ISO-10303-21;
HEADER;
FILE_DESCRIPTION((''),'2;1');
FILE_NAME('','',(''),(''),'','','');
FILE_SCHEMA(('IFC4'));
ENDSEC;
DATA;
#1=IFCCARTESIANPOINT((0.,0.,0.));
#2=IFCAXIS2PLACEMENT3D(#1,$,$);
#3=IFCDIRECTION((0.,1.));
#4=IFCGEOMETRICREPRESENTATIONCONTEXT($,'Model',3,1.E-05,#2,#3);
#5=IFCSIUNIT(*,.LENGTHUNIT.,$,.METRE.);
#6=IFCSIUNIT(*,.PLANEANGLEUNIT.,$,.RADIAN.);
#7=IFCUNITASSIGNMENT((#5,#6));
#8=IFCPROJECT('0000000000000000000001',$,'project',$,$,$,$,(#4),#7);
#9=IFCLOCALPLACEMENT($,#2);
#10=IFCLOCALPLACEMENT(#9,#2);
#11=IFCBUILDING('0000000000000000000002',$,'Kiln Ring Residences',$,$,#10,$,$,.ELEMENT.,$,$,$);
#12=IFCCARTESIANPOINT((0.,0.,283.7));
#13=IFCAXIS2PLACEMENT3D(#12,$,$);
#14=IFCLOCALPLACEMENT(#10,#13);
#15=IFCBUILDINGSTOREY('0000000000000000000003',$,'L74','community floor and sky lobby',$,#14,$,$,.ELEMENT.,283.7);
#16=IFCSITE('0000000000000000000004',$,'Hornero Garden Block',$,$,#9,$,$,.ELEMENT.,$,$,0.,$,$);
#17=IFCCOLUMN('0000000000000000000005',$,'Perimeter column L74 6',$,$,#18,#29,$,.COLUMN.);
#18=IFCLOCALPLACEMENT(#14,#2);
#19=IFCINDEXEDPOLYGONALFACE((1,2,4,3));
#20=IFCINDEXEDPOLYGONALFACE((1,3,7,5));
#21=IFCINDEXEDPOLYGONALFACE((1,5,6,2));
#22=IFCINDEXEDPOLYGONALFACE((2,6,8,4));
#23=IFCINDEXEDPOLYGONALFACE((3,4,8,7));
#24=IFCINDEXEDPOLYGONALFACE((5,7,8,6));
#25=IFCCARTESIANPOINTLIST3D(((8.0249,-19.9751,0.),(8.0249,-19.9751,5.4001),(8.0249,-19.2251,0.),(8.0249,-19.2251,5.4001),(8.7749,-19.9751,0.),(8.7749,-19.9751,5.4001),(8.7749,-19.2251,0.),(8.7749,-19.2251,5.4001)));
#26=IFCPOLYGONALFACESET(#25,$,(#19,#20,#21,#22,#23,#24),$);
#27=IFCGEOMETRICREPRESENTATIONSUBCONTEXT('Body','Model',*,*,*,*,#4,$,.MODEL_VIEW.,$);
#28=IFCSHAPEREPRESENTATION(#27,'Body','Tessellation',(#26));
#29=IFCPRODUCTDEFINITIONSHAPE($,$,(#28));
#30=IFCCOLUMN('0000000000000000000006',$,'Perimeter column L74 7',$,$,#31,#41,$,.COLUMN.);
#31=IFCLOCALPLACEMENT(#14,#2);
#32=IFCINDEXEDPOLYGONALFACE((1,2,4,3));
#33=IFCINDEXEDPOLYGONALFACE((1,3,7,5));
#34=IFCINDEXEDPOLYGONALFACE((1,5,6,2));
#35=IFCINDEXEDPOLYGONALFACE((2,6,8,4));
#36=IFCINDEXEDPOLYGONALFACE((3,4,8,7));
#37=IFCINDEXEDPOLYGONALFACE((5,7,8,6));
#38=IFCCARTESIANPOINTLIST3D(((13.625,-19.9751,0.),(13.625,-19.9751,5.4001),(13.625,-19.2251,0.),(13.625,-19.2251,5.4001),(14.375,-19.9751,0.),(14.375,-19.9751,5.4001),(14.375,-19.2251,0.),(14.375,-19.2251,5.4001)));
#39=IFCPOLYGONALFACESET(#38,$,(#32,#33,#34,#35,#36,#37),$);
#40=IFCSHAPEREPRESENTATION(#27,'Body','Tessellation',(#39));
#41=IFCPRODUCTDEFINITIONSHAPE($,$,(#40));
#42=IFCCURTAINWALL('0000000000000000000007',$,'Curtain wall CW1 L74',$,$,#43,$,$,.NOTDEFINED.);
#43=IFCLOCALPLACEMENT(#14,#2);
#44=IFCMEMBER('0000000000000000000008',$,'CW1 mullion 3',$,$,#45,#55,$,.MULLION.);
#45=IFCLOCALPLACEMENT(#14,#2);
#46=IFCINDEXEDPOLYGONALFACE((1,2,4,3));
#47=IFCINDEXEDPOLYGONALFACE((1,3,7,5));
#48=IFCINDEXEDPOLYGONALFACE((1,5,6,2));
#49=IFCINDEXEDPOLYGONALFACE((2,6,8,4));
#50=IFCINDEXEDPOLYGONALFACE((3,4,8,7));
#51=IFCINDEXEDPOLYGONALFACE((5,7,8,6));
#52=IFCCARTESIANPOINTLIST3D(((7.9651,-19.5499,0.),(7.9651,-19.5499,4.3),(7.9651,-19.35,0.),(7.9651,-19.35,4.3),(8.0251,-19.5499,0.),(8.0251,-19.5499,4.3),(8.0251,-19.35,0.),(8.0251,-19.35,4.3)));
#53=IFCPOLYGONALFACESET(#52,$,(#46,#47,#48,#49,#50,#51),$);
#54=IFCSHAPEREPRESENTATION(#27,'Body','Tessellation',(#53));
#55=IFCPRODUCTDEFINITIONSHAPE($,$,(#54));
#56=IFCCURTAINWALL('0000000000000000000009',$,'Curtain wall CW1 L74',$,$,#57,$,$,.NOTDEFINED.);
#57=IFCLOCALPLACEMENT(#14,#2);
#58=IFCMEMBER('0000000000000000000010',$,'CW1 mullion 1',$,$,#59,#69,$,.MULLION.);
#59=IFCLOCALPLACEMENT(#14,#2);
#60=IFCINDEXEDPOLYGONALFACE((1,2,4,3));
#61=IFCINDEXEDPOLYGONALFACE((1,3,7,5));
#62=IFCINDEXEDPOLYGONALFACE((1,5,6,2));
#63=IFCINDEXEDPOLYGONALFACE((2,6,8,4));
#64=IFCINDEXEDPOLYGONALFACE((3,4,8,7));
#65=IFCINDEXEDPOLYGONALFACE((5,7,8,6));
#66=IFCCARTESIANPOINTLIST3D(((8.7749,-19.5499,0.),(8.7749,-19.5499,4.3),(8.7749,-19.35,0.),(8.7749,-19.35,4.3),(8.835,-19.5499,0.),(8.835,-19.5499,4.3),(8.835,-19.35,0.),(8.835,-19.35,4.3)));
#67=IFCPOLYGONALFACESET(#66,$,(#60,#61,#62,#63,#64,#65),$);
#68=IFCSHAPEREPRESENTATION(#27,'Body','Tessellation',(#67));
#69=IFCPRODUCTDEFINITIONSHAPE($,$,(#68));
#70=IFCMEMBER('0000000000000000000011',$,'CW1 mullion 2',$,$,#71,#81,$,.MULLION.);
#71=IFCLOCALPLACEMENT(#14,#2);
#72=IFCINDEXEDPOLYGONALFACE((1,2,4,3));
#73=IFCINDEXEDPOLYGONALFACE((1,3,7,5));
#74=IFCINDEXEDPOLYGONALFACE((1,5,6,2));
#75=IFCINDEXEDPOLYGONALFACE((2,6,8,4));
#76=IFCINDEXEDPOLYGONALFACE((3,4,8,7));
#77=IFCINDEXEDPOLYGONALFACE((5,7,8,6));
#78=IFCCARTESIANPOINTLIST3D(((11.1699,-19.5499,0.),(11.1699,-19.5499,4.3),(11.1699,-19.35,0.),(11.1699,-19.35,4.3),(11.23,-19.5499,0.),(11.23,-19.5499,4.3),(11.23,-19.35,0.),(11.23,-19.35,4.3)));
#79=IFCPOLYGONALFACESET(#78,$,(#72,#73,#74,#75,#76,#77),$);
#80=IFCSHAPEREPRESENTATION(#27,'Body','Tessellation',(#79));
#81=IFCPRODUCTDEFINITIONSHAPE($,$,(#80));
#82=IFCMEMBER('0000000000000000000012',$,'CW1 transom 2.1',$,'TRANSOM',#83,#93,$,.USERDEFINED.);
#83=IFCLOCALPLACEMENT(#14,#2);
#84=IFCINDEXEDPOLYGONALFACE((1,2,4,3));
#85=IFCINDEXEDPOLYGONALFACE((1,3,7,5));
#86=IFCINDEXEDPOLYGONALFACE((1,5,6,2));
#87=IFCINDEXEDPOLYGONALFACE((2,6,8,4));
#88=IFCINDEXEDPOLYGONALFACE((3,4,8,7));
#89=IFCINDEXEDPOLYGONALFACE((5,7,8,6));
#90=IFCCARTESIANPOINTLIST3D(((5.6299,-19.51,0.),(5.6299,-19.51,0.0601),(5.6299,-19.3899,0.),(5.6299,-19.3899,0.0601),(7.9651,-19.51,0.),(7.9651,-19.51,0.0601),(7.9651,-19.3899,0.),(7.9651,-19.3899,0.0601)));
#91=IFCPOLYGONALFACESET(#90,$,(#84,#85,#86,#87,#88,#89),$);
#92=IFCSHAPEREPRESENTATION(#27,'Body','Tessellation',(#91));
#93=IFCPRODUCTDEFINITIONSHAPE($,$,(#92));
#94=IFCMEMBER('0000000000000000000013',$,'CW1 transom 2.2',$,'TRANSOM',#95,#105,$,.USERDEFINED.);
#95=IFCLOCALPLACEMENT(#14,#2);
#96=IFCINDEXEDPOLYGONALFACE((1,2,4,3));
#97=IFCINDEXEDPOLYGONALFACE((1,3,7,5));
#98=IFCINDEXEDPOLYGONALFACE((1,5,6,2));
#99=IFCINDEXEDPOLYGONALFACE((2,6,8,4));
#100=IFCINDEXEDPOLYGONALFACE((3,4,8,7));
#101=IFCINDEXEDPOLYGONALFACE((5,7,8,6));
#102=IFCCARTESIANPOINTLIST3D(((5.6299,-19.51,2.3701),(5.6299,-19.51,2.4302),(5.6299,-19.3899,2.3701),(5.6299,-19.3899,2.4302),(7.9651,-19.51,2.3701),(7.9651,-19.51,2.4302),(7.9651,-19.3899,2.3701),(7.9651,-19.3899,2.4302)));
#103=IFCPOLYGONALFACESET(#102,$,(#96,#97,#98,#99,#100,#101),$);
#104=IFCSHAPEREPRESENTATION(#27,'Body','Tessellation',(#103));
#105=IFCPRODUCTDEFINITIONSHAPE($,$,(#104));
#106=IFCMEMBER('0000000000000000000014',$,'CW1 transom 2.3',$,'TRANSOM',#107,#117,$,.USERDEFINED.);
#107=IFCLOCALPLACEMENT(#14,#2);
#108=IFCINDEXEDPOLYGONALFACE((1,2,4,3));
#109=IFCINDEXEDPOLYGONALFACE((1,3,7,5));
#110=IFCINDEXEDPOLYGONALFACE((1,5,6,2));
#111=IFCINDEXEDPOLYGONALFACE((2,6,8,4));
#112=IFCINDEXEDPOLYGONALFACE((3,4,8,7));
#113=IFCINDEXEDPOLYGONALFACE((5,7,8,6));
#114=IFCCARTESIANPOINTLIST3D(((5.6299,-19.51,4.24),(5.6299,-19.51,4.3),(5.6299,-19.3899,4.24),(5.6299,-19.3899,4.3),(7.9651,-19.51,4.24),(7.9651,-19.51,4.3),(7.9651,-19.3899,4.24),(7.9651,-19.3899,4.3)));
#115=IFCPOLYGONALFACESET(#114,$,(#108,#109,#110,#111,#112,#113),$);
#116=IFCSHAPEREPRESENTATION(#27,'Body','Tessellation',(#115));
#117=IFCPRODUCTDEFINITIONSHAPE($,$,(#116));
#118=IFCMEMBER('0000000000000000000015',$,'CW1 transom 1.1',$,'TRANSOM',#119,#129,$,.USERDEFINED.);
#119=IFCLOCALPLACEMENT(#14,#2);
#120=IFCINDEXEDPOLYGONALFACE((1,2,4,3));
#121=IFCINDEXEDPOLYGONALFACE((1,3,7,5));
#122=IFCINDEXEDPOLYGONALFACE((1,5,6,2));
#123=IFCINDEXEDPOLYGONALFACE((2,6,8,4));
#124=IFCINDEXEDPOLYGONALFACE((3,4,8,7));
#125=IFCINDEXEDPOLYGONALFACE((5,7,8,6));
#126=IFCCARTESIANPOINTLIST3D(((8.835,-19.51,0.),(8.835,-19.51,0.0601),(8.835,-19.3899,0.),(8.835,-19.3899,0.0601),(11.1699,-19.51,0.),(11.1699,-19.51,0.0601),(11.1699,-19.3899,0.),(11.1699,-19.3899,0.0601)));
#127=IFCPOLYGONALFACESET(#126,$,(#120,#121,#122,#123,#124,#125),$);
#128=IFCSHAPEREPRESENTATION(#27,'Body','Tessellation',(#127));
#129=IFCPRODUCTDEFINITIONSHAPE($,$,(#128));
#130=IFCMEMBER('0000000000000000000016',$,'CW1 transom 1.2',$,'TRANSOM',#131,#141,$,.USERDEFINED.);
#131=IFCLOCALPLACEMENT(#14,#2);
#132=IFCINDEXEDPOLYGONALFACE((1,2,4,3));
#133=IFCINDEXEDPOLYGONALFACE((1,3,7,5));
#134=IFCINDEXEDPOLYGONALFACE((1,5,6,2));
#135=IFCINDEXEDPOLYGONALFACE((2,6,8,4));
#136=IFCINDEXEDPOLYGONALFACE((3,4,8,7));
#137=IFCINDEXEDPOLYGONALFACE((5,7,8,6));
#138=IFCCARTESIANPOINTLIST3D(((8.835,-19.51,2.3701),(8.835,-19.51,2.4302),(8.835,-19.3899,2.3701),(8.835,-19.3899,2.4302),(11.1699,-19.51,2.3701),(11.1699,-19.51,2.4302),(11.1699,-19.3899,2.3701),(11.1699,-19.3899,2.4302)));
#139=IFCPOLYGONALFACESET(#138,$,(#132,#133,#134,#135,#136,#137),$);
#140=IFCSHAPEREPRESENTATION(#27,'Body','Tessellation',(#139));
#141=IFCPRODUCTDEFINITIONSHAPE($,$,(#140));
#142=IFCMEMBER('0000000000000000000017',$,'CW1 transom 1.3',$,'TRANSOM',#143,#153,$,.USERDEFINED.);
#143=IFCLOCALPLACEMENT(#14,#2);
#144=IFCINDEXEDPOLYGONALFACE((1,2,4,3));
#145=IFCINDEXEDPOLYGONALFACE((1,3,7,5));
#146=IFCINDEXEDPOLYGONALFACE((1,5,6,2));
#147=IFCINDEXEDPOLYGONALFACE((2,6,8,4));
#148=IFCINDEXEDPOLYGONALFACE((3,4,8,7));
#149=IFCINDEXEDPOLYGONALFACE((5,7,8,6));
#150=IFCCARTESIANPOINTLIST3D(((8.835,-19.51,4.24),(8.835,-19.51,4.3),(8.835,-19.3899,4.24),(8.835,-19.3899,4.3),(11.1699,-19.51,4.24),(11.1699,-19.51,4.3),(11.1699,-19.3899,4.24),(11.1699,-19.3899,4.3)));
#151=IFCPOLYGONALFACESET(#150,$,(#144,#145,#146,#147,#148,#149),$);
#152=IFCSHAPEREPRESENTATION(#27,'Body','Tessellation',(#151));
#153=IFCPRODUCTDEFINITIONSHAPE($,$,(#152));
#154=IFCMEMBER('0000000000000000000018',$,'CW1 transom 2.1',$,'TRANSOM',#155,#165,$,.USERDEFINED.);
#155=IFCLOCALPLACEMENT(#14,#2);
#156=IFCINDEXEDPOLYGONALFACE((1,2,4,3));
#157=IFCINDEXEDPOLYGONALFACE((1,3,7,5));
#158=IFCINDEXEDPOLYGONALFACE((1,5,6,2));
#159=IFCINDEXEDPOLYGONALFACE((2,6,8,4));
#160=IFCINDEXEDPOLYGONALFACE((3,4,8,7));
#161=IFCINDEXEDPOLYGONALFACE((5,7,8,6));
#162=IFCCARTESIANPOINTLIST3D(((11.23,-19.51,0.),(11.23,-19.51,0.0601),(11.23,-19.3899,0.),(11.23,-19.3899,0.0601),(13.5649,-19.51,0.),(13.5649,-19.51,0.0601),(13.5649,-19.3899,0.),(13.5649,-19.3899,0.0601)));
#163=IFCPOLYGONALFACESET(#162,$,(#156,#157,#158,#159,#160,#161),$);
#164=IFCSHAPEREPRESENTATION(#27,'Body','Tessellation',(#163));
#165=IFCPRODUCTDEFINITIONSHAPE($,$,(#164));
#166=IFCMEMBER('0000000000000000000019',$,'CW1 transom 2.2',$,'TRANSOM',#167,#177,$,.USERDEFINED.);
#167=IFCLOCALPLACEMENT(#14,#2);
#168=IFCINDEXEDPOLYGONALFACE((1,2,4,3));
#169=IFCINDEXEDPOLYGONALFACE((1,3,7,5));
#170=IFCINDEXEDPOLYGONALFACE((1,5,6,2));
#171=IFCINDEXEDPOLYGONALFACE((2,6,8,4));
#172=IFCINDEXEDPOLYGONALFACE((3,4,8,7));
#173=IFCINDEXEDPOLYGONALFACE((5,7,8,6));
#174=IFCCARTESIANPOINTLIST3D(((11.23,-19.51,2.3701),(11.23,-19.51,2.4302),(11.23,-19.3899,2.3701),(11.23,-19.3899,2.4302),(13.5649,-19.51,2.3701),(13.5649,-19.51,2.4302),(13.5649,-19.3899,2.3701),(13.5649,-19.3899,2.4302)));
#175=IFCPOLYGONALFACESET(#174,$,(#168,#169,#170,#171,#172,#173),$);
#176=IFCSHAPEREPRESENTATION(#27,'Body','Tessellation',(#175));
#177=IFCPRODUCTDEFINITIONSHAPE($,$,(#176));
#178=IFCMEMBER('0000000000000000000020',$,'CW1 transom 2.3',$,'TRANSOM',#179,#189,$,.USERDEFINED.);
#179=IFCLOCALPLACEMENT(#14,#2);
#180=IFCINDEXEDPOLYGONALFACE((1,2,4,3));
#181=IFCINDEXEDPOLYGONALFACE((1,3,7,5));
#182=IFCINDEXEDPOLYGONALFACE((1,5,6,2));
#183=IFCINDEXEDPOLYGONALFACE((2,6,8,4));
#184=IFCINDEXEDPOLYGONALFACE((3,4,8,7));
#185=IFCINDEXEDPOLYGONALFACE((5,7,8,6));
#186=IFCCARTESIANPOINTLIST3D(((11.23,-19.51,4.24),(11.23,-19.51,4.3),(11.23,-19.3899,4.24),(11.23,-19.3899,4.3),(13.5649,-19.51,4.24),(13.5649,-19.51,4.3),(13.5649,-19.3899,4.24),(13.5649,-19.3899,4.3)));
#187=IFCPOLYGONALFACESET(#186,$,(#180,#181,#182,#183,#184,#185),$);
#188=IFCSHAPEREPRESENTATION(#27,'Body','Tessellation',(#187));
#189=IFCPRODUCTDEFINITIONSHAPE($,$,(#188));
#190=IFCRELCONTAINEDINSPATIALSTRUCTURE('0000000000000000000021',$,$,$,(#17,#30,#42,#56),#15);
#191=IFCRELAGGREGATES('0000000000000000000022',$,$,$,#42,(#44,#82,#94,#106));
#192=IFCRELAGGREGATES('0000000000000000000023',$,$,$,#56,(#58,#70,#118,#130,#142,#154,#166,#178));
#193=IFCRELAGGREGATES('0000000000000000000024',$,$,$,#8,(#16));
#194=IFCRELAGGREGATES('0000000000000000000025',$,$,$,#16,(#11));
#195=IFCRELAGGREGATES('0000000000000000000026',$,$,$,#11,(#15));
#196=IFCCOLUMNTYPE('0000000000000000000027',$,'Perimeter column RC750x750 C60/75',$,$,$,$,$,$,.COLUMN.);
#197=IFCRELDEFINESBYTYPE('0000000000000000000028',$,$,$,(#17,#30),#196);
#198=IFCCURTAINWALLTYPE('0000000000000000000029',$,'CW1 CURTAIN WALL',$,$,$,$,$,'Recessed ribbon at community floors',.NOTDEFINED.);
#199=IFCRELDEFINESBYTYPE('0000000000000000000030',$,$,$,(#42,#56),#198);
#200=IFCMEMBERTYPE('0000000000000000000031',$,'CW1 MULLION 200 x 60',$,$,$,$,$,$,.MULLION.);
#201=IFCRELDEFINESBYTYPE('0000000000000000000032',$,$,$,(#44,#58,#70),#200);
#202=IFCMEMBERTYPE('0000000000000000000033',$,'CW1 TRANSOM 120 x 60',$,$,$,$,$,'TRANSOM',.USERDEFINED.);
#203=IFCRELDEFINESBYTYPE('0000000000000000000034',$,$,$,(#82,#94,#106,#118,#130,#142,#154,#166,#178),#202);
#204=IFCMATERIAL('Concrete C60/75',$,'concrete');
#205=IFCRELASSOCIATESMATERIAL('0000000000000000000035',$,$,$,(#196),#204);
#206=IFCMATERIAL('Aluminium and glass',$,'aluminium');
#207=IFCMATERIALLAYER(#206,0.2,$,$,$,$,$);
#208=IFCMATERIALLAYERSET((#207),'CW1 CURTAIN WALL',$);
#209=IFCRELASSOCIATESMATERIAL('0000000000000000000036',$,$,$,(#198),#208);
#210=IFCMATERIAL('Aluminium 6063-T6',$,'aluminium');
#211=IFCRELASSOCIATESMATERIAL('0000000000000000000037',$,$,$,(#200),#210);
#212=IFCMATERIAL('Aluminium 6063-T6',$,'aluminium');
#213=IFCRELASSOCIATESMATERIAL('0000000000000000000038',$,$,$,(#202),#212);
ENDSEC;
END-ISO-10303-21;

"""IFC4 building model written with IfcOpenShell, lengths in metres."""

from ifc_helpers import new_model, si_unit, direction, frame, origin, origin_2d, place, context, subcontext, project, spatial, rectangle, extrude, material, layer, layer_set, material_profile, profile_set, type_object, element, aggregate, save


model = new_model("IFC4")

# Units and contexts
model_context = context("Model", 3, precision=1e-05, world=origin(), true_north=direction((0.0, 1.0)))
body_context = subcontext(model_context, "Body", "Model", "MODEL_VIEW")
ifc_project = project(units=[si_unit("LENGTHUNIT", "METRE"), si_unit("PLANEANGLEUNIT", "RADIAN")], contexts=[model_context])

# Site, building, storey
site_placement = place(None, origin())
site = spatial("IfcSite", under=ifc_project, at=site_placement, Name="Hornero Garden Block", CompositionType="ELEMENT", RefElevation=0.0)
building_placement = place(site_placement, origin())
building = spatial("IfcBuilding", under=site, at=building_placement, Name="Kiln Ring Residences", CompositionType="ELEMENT")
storey_placement = place(building_placement, frame((0.0, 0.0, 283.7)))
storey = spatial("IfcBuildingStorey", under=building, at=storey_placement, Name="L74", Description="community floor and sky lobby", CompositionType="ELEMENT", Elevation=283.7)

# Columns
ifc_material_1 = material(Name="Concrete C60/75", Category="concrete")
ifc_material_profile_1 = material_profile(ifc_material_1, rectangle(XDim=0.75, YDim=0.75, at=origin_2d()), Name="RC750x750")
ifc_profile_set_1 = profile_set([ifc_material_profile_1], Name="Concrete C60/75")
column_type = type_object("IfcColumnType", Name="Perimeter column RC750x750 C60/75", PredefinedType="COLUMN", material=ifc_profile_set_1)
for number, where, z_axis, x_axis, name in (
    (1, (8.3999, -19.6001, 0.0), (0.0, 0.0, 1.0), (1.0, 0.0, 0.0), "Perimeter column L74 6"),
    (2, (14.0, -19.6001, 0.0), (0.0, 0.0, 1.0), (1.0, 0.0, 0.0), "Perimeter column L74 7"),
):
    element("IfcColumn", number, at=place(storey_placement, frame(where, z_axis=z_axis, x_axis=x_axis)), inside=storey, type_object=column_type, Name=name, PredefinedType="COLUMN", context=body_context, shape_type="SweptSolid", body=[
        extrude(rectangle(XDim=0.75, YDim=0.75, at=origin_2d()), origin(), (0.0, 0.0, 1.0), 5.4001),
    ])

# Curtain wall, member
ifc_material_2 = material(Name="Aluminium and glass", Category="aluminium")
ifc_layer_1 = layer(ifc_material_2, 0.2)
ifc_layer_set_1 = layer_set([ifc_layer_1], Name="CW1 CURTAIN WALL")
curtain_wall_type = type_object("IfcCurtainWallType", Name="CW1 CURTAIN WALL", ElementType="Recessed ribbon at community floors", PredefinedType="NOTDEFINED", material=ifc_layer_set_1)
placement = place(storey_placement, origin())
curtain_wall_1 = element("IfcCurtainWall", 3, at=placement, inside=storey, type_object=curtain_wall_type, Name="Curtain wall CW1 L74", PredefinedType="NOTDEFINED")
ifc_material_3 = material(Name="Aluminium 6063-T6", Category="aluminium")
ifc_material_profile_2 = material_profile(ifc_material_3, rectangle(XDim=0.2, YDim=0.0601, at=origin_2d()), Name="AL 200x60")
ifc_profile_set_2 = profile_set([ifc_material_profile_2], Name="Aluminium 6063-T6")
member_type_1 = type_object("IfcMemberType", Name="CW1 MULLION 200 x 60", PredefinedType="MULLION", material=ifc_profile_set_2)
member_1_placement = place(storey_placement, frame((7.9951, -19.45, 0.0), z_axis=(0.0, 0.0, 1.0), x_axis=(0.0, 1.0, 0.0)))
member_1 = element("IfcMember", 4, at=member_1_placement, type_object=member_type_1, Name="CW1 mullion 3", PredefinedType="MULLION", context=body_context, shape_type="SweptSolid", body=[
    extrude(rectangle(XDim=0.2, YDim=0.0601, at=origin_2d()), origin(), (0.0, 0.0, 1.0), 4.3),
])

# Curtain wall, members
curtain_wall_2 = element("IfcCurtainWall", 5, at=placement, inside=storey, type_object=curtain_wall_type, Name="Curtain wall CW1 L74", PredefinedType="NOTDEFINED")
member_2_placement = place(storey_placement, frame((8.8049, -19.45, 0.0), z_axis=(0.0, 0.0, 1.0), x_axis=(0.0, 1.0, 0.0)))
member_2 = element("IfcMember", 6, at=member_2_placement, type_object=member_type_1, Name="CW1 mullion 1", PredefinedType="MULLION", context=body_context, shape_type="SweptSolid", body=[
    extrude(rectangle(XDim=0.2, YDim=0.0601, at=origin_2d()), origin(), (0.0, 0.0, 1.0), 4.3),
])
member_3_placement = place(storey_placement, frame((11.2, -19.45, 0.0), z_axis=(0.0, 0.0, 1.0), x_axis=(0.0, 1.0, 0.0)))
member_3 = element("IfcMember", 7, at=member_3_placement, type_object=member_type_1, Name="CW1 mullion 2", PredefinedType="MULLION", context=body_context, shape_type="SweptSolid", body=[
    extrude(rectangle(XDim=0.2, YDim=0.0601, at=origin_2d()), origin(), (0.0, 0.0, 1.0), 4.3),
])

# Members
ifc_material_4 = material(Name="Aluminium 6063-T6", Category="aluminium")
ifc_material_profile_3 = material_profile(ifc_material_4, rectangle(XDim=0.1201, YDim=0.0601, at=origin_2d()), Name="AL 120x60")
ifc_profile_set_3 = profile_set([ifc_material_profile_3], Name="Aluminium 6063-T6")
member_type_2 = type_object("IfcMemberType", Name="CW1 TRANSOM 120 x 60", ElementType="TRANSOM", PredefinedType="USERDEFINED", material=ifc_profile_set_3)
member_4_placement = place(storey_placement, frame((5.6299, -19.45, 0.03), z_axis=(1.0, 0.0, 0.0), x_axis=(0.0, 1.0, 0.0)))
member_4 = element("IfcMember", 8, at=member_4_placement, type_object=member_type_2, Name="CW1 transom 2.1", ObjectType="TRANSOM", PredefinedType="USERDEFINED", context=body_context, shape_type="SweptSolid", body=[
    extrude(rectangle(XDim=0.1201, YDim=0.0601, at=origin_2d()), origin(), (0.0, 0.0, 1.0), 2.3352),
])
member_5_placement = place(storey_placement, frame((5.6299, -19.45, 2.4001), z_axis=(1.0, 0.0, 0.0), x_axis=(0.0, 1.0, 0.0)))
member_5 = element("IfcMember", 9, at=member_5_placement, type_object=member_type_2, Name="CW1 transom 2.2", ObjectType="TRANSOM", PredefinedType="USERDEFINED", context=body_context, shape_type="SweptSolid", body=[
    extrude(rectangle(XDim=0.1201, YDim=0.0601, at=origin_2d()), origin(), (0.0, 0.0, 1.0), 2.3352),
])
member_6_placement = place(storey_placement, frame((5.6299, -19.45, 4.27), z_axis=(1.0, 0.0, 0.0), x_axis=(0.0, 1.0, 0.0)))
member_6 = element("IfcMember", 10, at=member_6_placement, type_object=member_type_2, Name="CW1 transom 2.3", ObjectType="TRANSOM", PredefinedType="USERDEFINED", context=body_context, shape_type="SweptSolid", body=[
    extrude(rectangle(XDim=0.1201, YDim=0.0601, at=origin_2d()), origin(), (0.0, 0.0, 1.0), 2.3352),
])
member_7_placement = place(storey_placement, frame((8.835, -19.45, 0.03), z_axis=(1.0, 0.0, 0.0), x_axis=(0.0, 1.0, 0.0)))
member_7 = element("IfcMember", 11, at=member_7_placement, type_object=member_type_2, Name="CW1 transom 1.1", ObjectType="TRANSOM", PredefinedType="USERDEFINED", context=body_context, shape_type="SweptSolid", body=[
    extrude(rectangle(XDim=0.1201, YDim=0.0601, at=origin_2d()), origin(), (0.0, 0.0, 1.0), 2.335),
])
member_8_placement = place(storey_placement, frame((8.835, -19.45, 2.4001), z_axis=(1.0, 0.0, 0.0), x_axis=(0.0, 1.0, 0.0)))
member_8 = element("IfcMember", 12, at=member_8_placement, type_object=member_type_2, Name="CW1 transom 1.2", ObjectType="TRANSOM", PredefinedType="USERDEFINED", context=body_context, shape_type="SweptSolid", body=[
    extrude(rectangle(XDim=0.1201, YDim=0.0601, at=origin_2d()), origin(), (0.0, 0.0, 1.0), 2.335),
])
member_9_placement = place(storey_placement, frame((8.835, -19.45, 4.27), z_axis=(1.0, 0.0, 0.0), x_axis=(0.0, 1.0, 0.0)))
member_9 = element("IfcMember", 13, at=member_9_placement, type_object=member_type_2, Name="CW1 transom 1.3", ObjectType="TRANSOM", PredefinedType="USERDEFINED", context=body_context, shape_type="SweptSolid", body=[
    extrude(rectangle(XDim=0.1201, YDim=0.0601, at=origin_2d()), origin(), (0.0, 0.0, 1.0), 2.335),
])
member_10_placement = place(storey_placement, frame((11.23, -19.45, 0.03), z_axis=(1.0, 0.0, 0.0), x_axis=(0.0, 1.0, 0.0)))
member_10 = element("IfcMember", 14, at=member_10_placement, type_object=member_type_2, Name="CW1 transom 2.1", ObjectType="TRANSOM", PredefinedType="USERDEFINED", context=body_context, shape_type="SweptSolid", body=[
    extrude(rectangle(XDim=0.1201, YDim=0.0601, at=origin_2d()), origin(), (0.0, 0.0, 1.0), 2.335),
])
member_11_placement = place(storey_placement, frame((11.23, -19.45, 2.4001), z_axis=(1.0, 0.0, 0.0), x_axis=(0.0, 1.0, 0.0)))
member_11 = element("IfcMember", 15, at=member_11_placement, type_object=member_type_2, Name="CW1 transom 2.2", ObjectType="TRANSOM", PredefinedType="USERDEFINED", context=body_context, shape_type="SweptSolid", body=[
    extrude(rectangle(XDim=0.1201, YDim=0.0601, at=origin_2d()), origin(), (0.0, 0.0, 1.0), 2.335),
])
member_12_placement = place(storey_placement, frame((11.23, -19.45, 4.27), z_axis=(1.0, 0.0, 0.0), x_axis=(0.0, 1.0, 0.0)))
member_12 = element("IfcMember", 16, at=member_12_placement, type_object=member_type_2, Name="CW1 transom 2.3", ObjectType="TRANSOM", PredefinedType="USERDEFINED", context=body_context, shape_type="SweptSolid", body=[
    extrude(rectangle(XDim=0.1201, YDim=0.0601, at=origin_2d()), origin(), (0.0, 0.0, 1.0), 2.335),
])

aggregate(curtain_wall_1, [member_1, member_4, member_5, member_6])
aggregate(curtain_wall_2, [member_2, member_3, member_7, member_8, member_9, member_10, member_11, member_12])

save(model, "model.ifc")
